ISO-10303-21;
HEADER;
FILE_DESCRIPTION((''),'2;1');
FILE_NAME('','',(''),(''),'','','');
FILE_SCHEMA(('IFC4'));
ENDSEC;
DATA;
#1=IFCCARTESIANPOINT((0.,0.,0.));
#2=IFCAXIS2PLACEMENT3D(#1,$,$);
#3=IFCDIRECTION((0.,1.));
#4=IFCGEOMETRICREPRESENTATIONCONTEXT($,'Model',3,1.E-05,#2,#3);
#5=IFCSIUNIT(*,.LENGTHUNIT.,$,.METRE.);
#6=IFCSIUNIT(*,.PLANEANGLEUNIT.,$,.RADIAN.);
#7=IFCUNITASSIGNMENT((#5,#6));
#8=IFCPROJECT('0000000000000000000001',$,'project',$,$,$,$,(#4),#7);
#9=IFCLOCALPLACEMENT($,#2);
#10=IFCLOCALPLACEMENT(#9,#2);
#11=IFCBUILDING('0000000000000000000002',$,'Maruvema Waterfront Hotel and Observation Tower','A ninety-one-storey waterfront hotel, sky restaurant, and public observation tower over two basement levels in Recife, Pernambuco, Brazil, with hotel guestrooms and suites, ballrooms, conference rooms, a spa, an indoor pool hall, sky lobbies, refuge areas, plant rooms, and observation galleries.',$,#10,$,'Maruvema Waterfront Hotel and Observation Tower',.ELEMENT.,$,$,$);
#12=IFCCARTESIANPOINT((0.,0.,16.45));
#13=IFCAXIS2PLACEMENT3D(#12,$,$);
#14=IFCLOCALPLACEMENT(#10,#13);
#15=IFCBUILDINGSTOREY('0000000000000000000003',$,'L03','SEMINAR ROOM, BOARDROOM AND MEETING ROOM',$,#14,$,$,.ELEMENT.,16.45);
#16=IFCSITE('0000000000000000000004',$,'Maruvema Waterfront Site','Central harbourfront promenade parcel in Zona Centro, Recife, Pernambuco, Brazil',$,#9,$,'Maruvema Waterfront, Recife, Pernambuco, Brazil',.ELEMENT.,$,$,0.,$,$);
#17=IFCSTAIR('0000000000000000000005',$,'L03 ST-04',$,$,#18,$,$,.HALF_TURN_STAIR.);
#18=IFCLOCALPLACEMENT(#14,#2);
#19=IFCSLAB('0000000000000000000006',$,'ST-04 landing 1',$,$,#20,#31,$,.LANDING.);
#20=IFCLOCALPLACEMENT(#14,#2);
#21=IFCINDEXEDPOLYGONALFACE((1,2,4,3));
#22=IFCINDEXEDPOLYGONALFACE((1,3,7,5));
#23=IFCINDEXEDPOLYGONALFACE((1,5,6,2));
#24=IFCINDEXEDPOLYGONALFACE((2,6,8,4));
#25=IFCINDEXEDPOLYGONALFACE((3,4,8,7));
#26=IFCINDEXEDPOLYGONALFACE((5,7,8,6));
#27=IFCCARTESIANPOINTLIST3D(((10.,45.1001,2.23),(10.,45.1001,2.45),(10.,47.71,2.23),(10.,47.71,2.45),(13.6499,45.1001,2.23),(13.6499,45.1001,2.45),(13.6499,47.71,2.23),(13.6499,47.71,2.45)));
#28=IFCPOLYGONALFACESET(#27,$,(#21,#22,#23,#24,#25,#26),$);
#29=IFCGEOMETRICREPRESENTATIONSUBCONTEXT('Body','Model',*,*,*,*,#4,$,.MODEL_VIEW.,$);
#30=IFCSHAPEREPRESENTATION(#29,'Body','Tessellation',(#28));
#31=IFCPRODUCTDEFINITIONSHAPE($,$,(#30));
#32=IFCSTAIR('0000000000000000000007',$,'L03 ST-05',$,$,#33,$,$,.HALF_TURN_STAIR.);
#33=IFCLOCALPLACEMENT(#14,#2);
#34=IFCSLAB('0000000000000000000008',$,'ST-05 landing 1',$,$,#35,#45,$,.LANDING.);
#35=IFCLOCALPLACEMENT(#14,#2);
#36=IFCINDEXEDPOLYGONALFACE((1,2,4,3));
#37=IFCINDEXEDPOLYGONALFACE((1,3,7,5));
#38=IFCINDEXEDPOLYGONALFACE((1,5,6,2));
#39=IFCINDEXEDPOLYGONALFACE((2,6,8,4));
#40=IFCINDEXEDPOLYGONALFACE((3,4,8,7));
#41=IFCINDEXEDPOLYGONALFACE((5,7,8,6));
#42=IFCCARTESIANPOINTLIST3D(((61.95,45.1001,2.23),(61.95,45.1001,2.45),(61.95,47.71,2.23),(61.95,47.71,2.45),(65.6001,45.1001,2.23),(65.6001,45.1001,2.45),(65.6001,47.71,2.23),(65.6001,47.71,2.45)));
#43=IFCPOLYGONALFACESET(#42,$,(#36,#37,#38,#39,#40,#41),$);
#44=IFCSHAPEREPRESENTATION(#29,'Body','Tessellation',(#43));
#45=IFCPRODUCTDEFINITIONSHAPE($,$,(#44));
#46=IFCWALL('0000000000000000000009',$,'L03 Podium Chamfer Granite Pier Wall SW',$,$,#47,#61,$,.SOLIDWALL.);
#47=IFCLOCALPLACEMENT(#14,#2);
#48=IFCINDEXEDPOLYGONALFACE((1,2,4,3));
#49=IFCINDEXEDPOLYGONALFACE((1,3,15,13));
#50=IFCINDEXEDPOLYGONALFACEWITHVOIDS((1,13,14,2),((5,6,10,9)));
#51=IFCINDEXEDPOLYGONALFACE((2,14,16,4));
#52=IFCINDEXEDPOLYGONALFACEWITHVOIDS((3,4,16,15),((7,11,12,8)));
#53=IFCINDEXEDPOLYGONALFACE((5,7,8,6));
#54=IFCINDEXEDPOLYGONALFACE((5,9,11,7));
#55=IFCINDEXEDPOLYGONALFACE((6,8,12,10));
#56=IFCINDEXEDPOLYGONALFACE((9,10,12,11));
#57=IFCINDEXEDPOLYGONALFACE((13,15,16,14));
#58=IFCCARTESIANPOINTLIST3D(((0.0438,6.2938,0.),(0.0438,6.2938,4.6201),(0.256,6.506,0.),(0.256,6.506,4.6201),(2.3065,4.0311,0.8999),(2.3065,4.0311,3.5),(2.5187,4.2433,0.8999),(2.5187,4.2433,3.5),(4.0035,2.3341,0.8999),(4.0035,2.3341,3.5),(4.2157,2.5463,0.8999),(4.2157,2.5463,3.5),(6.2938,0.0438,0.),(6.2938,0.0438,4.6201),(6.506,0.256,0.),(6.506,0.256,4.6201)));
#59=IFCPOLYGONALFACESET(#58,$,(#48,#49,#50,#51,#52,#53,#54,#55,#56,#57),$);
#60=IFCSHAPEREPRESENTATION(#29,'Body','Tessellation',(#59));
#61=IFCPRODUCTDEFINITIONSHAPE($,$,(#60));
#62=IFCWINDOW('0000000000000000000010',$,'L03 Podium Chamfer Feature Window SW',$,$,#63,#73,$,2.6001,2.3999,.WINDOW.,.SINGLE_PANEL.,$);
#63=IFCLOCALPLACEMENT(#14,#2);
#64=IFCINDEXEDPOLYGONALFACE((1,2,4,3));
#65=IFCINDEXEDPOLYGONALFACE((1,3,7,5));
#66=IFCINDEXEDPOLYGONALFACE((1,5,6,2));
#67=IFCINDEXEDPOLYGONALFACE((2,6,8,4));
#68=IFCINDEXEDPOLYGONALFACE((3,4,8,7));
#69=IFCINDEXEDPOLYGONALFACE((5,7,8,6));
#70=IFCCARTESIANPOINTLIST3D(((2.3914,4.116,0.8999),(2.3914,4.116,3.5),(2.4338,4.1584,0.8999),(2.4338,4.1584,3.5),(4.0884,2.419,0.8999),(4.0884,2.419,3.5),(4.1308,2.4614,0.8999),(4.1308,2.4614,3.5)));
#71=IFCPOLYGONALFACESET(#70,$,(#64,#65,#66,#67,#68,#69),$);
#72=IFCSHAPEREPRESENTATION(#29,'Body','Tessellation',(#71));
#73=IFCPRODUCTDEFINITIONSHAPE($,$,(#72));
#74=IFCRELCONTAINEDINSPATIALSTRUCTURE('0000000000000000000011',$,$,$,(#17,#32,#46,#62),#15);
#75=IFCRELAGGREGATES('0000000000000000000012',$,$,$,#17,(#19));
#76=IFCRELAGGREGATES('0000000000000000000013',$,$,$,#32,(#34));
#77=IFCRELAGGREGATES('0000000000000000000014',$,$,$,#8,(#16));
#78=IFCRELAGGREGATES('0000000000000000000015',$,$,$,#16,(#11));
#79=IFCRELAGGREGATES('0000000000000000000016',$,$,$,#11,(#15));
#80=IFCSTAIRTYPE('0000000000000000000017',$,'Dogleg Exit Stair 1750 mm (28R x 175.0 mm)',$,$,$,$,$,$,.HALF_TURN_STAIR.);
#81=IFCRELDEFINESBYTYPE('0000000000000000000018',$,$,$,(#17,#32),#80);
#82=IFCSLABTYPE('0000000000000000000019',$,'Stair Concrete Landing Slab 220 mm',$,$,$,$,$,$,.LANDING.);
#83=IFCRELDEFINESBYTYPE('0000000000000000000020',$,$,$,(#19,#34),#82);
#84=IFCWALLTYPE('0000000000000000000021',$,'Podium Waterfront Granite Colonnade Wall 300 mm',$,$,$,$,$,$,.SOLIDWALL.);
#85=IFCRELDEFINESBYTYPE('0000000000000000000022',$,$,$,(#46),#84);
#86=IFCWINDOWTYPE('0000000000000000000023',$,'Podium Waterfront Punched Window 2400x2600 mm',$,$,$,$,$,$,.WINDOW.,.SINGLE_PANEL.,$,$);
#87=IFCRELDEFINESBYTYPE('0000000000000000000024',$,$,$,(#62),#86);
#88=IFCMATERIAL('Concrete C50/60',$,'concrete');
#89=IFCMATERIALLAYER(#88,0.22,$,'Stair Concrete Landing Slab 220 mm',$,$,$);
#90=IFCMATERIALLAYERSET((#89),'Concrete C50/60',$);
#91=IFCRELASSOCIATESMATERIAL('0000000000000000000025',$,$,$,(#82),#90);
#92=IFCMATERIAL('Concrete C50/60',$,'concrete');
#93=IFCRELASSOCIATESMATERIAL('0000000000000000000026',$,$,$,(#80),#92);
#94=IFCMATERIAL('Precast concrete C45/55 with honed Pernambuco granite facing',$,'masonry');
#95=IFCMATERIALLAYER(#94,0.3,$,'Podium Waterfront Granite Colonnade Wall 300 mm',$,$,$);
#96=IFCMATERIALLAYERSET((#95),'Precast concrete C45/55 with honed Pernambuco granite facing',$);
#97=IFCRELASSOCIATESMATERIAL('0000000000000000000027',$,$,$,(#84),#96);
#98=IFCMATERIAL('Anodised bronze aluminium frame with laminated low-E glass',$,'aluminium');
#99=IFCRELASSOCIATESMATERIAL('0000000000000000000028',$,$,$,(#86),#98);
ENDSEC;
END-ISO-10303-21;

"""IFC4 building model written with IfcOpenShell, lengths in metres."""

from ifc_helpers import new_model, si_unit, direction, frame, frame_2d, origin, place, context, subcontext, project, spatial, polyline, rectangle, outline, extrude, material, layer, layer_set, type_object, element, fill, aggregate, save


model = new_model("IFC4")

# Units and contexts
model_context = context("Model", 3, precision=1e-05, world=origin(), true_north=direction((0.0, 1.0)))
body_context = subcontext(model_context, "Body", "Model", "MODEL_VIEW")
ifc_project = project(units=[si_unit("LENGTHUNIT", "METRE"), si_unit("PLANEANGLEUNIT", "RADIAN")], contexts=[model_context])

# Site, building, storey
site_placement = place(None, origin())
site = spatial("IfcSite", under=ifc_project, at=site_placement, Name="Maruvema Waterfront Site", Description="Central harbourfront promenade parcel in Zona Centro, Recife, Pernambuco, Brazil", LongName="Maruvema Waterfront, Recife, Pernambuco, Brazil", CompositionType="ELEMENT", RefElevation=0.0)
building_placement = place(site_placement, origin())
building = spatial("IfcBuilding", under=site, at=building_placement, Name="Maruvema Waterfront Hotel and Observation Tower", Description="A ninety-one-storey waterfront hotel, sky restaurant, and public observation tower over two basement levels in Recife, Pernambuco, Brazil, with hotel guestrooms and suites, ballrooms, conference rooms, a spa, an indoor pool hall, sky lobbies, refuge areas, plant rooms, and observation galleries.", LongName="Maruvema Waterfront Hotel and Observation Tower", CompositionType="ELEMENT")
storey_placement = place(building_placement, frame((0.0, 0.0, 16.45)))
storey = spatial("IfcBuildingStorey", under=building, at=storey_placement, Name="L03", Description="SEMINAR ROOM, BOARDROOM AND MEETING ROOM", CompositionType="ELEMENT", Elevation=16.45)

# Stairs, slabs
ifc_material_1 = material(Name="Concrete C50/60", Category="concrete")
ifc_layer_1 = layer(ifc_material_1, 0.22, Name="Stair Concrete Landing Slab 220 mm")
ifc_layer_set_1 = layer_set([ifc_layer_1], Name="Concrete C50/60")
slab_type_1 = type_object("IfcSlabType", Name="Stair Concrete Landing Slab 220 mm", PredefinedType="LANDING", material=ifc_layer_set_1)
ifc_material_2 = material(Name="Concrete C50/60", Category="concrete")
stair_type_1 = type_object("IfcStairType", Name="Dogleg Exit Stair 1750 mm (28R x 175.0 mm)", PredefinedType="HALF_TURN_STAIR", material=ifc_material_2)
stair_1_placement = place(storey_placement, origin())
stair_1 = element("IfcStair", 1, at=stair_1_placement, inside=storey, type_object=stair_type_1, Name="L03 ST-04", PredefinedType="HALF_TURN_STAIR")
slab_1_placement = place(storey_placement, frame((0.0, 0.0, 2.23)))
slab_1 = element("IfcSlab", 2, at=slab_1_placement, type_object=slab_type_1, Name="ST-04 landing 1", PredefinedType="LANDING", context=body_context, shape_type="SweptSolid", body=[
    extrude(outline(polyline([(10.0, 47.71), (10.0, 45.1001), (13.6499, 45.1001), (13.6499, 47.71), (10.0, 47.71)])), origin(), (0.0, 0.0, 1.0), 0.22),
])
aggregate(stair_1, [slab_1])
stair_2_placement = place(storey_placement, origin())
stair_2 = element("IfcStair", 3, at=stair_2_placement, inside=storey, type_object=stair_type_1, Name="L03 ST-05", PredefinedType="HALF_TURN_STAIR")
slab_2_placement = place(storey_placement, frame((0.0, 0.0, 2.23)))
slab_2 = element("IfcSlab", 4, at=slab_2_placement, type_object=slab_type_1, Name="ST-05 landing 1", PredefinedType="LANDING", context=body_context, shape_type="SweptSolid", body=[
    extrude(outline(polyline([(61.95, 47.71), (61.95, 45.1001), (65.6001, 45.1001), (65.6001, 47.71), (61.95, 47.71)])), origin(), (0.0, 0.0, 1.0), 0.22),
])
aggregate(stair_2, [slab_2])

# Wall, opening, window
ifc_material_3 = material(Name="Precast concrete C45/55 with honed Pernambuco granite facing", Category="masonry")
ifc_layer_2 = layer(ifc_material_3, 0.3, Name="Podium Waterfront Granite Colonnade Wall 300 mm")
ifc_layer_set_2 = layer_set([ifc_layer_2], Name="Precast concrete C45/55 with honed Pernambuco granite facing")
wall_type = type_object("IfcWallType", Name="Podium Waterfront Granite Colonnade Wall 300 mm", PredefinedType="SOLIDWALL", material=ifc_layer_set_2)
wall_placement = place(storey_placement, frame((0.1499, 6.3999, 0.0), z_axis=(0.0, 0.0, 1.0), x_axis=(0.707107, -0.707107, 0.0)))
wall = element("IfcWall", 5, at=wall_placement, inside=storey, type_object=wall_type, Name="L03 Podium Chamfer Granite Pier Wall SW", PredefinedType="SOLIDWALL", context=body_context, shape_type="SweptSolid", body=[
    extrude(rectangle(XDim=8.8389, YDim=0.3, at=frame_2d((4.4194, 0.0))), origin(), (0.0, 0.0, 1.0), 4.6201),
])
opening_placement = place(wall_placement, frame((3.2, 0.0, 0.8999)))
opening = element("IfcOpeningElement", 6, at=opening_placement, cuts=wall, PredefinedType="OPENING", context=body_context, shape_type="SweptSolid", body=[
    extrude(rectangle(XDim=2.3999, YDim=2.6001, at=frame_2d((1.2, 1.3))), frame((0.0, 0.1602, 0.0), z_axis=(0.0, -1.0, 0.0), x_axis=(1.0, 0.0, 0.0)), (0.0, 0.0, 1.0), 0.3201),
])
ifc_material_4 = material(Name="Anodised bronze aluminium frame with laminated low-E glass", Category="aluminium")
window_type = type_object("IfcWindowType", Name="Podium Waterfront Punched Window 2400x2600 mm", PartitioningType="SINGLE_PANEL", PredefinedType="WINDOW", material=ifc_material_4)
window_placement = place(opening_placement, origin())
window = element("IfcWindow", 7, at=window_placement, inside=storey, type_object=window_type, Name="L03 Podium Chamfer Feature Window SW", OverallHeight=2.6001, OverallWidth=2.3999, PartitioningType="SINGLE_PANEL", PredefinedType="WINDOW", context=body_context, shape_type="SweptSolid", body=[
    extrude(rectangle(XDim=2.3999, YDim=2.6001, at=frame_2d((1.2, 1.3))), frame((0.0, 0.03, 0.0), z_axis=(0.0, -1.0, 0.0), x_axis=(1.0, 0.0, 0.0)), (0.0, 0.0, 1.0), 0.0601),
])
fill(opening, window)

save(model, "model.ifc")
